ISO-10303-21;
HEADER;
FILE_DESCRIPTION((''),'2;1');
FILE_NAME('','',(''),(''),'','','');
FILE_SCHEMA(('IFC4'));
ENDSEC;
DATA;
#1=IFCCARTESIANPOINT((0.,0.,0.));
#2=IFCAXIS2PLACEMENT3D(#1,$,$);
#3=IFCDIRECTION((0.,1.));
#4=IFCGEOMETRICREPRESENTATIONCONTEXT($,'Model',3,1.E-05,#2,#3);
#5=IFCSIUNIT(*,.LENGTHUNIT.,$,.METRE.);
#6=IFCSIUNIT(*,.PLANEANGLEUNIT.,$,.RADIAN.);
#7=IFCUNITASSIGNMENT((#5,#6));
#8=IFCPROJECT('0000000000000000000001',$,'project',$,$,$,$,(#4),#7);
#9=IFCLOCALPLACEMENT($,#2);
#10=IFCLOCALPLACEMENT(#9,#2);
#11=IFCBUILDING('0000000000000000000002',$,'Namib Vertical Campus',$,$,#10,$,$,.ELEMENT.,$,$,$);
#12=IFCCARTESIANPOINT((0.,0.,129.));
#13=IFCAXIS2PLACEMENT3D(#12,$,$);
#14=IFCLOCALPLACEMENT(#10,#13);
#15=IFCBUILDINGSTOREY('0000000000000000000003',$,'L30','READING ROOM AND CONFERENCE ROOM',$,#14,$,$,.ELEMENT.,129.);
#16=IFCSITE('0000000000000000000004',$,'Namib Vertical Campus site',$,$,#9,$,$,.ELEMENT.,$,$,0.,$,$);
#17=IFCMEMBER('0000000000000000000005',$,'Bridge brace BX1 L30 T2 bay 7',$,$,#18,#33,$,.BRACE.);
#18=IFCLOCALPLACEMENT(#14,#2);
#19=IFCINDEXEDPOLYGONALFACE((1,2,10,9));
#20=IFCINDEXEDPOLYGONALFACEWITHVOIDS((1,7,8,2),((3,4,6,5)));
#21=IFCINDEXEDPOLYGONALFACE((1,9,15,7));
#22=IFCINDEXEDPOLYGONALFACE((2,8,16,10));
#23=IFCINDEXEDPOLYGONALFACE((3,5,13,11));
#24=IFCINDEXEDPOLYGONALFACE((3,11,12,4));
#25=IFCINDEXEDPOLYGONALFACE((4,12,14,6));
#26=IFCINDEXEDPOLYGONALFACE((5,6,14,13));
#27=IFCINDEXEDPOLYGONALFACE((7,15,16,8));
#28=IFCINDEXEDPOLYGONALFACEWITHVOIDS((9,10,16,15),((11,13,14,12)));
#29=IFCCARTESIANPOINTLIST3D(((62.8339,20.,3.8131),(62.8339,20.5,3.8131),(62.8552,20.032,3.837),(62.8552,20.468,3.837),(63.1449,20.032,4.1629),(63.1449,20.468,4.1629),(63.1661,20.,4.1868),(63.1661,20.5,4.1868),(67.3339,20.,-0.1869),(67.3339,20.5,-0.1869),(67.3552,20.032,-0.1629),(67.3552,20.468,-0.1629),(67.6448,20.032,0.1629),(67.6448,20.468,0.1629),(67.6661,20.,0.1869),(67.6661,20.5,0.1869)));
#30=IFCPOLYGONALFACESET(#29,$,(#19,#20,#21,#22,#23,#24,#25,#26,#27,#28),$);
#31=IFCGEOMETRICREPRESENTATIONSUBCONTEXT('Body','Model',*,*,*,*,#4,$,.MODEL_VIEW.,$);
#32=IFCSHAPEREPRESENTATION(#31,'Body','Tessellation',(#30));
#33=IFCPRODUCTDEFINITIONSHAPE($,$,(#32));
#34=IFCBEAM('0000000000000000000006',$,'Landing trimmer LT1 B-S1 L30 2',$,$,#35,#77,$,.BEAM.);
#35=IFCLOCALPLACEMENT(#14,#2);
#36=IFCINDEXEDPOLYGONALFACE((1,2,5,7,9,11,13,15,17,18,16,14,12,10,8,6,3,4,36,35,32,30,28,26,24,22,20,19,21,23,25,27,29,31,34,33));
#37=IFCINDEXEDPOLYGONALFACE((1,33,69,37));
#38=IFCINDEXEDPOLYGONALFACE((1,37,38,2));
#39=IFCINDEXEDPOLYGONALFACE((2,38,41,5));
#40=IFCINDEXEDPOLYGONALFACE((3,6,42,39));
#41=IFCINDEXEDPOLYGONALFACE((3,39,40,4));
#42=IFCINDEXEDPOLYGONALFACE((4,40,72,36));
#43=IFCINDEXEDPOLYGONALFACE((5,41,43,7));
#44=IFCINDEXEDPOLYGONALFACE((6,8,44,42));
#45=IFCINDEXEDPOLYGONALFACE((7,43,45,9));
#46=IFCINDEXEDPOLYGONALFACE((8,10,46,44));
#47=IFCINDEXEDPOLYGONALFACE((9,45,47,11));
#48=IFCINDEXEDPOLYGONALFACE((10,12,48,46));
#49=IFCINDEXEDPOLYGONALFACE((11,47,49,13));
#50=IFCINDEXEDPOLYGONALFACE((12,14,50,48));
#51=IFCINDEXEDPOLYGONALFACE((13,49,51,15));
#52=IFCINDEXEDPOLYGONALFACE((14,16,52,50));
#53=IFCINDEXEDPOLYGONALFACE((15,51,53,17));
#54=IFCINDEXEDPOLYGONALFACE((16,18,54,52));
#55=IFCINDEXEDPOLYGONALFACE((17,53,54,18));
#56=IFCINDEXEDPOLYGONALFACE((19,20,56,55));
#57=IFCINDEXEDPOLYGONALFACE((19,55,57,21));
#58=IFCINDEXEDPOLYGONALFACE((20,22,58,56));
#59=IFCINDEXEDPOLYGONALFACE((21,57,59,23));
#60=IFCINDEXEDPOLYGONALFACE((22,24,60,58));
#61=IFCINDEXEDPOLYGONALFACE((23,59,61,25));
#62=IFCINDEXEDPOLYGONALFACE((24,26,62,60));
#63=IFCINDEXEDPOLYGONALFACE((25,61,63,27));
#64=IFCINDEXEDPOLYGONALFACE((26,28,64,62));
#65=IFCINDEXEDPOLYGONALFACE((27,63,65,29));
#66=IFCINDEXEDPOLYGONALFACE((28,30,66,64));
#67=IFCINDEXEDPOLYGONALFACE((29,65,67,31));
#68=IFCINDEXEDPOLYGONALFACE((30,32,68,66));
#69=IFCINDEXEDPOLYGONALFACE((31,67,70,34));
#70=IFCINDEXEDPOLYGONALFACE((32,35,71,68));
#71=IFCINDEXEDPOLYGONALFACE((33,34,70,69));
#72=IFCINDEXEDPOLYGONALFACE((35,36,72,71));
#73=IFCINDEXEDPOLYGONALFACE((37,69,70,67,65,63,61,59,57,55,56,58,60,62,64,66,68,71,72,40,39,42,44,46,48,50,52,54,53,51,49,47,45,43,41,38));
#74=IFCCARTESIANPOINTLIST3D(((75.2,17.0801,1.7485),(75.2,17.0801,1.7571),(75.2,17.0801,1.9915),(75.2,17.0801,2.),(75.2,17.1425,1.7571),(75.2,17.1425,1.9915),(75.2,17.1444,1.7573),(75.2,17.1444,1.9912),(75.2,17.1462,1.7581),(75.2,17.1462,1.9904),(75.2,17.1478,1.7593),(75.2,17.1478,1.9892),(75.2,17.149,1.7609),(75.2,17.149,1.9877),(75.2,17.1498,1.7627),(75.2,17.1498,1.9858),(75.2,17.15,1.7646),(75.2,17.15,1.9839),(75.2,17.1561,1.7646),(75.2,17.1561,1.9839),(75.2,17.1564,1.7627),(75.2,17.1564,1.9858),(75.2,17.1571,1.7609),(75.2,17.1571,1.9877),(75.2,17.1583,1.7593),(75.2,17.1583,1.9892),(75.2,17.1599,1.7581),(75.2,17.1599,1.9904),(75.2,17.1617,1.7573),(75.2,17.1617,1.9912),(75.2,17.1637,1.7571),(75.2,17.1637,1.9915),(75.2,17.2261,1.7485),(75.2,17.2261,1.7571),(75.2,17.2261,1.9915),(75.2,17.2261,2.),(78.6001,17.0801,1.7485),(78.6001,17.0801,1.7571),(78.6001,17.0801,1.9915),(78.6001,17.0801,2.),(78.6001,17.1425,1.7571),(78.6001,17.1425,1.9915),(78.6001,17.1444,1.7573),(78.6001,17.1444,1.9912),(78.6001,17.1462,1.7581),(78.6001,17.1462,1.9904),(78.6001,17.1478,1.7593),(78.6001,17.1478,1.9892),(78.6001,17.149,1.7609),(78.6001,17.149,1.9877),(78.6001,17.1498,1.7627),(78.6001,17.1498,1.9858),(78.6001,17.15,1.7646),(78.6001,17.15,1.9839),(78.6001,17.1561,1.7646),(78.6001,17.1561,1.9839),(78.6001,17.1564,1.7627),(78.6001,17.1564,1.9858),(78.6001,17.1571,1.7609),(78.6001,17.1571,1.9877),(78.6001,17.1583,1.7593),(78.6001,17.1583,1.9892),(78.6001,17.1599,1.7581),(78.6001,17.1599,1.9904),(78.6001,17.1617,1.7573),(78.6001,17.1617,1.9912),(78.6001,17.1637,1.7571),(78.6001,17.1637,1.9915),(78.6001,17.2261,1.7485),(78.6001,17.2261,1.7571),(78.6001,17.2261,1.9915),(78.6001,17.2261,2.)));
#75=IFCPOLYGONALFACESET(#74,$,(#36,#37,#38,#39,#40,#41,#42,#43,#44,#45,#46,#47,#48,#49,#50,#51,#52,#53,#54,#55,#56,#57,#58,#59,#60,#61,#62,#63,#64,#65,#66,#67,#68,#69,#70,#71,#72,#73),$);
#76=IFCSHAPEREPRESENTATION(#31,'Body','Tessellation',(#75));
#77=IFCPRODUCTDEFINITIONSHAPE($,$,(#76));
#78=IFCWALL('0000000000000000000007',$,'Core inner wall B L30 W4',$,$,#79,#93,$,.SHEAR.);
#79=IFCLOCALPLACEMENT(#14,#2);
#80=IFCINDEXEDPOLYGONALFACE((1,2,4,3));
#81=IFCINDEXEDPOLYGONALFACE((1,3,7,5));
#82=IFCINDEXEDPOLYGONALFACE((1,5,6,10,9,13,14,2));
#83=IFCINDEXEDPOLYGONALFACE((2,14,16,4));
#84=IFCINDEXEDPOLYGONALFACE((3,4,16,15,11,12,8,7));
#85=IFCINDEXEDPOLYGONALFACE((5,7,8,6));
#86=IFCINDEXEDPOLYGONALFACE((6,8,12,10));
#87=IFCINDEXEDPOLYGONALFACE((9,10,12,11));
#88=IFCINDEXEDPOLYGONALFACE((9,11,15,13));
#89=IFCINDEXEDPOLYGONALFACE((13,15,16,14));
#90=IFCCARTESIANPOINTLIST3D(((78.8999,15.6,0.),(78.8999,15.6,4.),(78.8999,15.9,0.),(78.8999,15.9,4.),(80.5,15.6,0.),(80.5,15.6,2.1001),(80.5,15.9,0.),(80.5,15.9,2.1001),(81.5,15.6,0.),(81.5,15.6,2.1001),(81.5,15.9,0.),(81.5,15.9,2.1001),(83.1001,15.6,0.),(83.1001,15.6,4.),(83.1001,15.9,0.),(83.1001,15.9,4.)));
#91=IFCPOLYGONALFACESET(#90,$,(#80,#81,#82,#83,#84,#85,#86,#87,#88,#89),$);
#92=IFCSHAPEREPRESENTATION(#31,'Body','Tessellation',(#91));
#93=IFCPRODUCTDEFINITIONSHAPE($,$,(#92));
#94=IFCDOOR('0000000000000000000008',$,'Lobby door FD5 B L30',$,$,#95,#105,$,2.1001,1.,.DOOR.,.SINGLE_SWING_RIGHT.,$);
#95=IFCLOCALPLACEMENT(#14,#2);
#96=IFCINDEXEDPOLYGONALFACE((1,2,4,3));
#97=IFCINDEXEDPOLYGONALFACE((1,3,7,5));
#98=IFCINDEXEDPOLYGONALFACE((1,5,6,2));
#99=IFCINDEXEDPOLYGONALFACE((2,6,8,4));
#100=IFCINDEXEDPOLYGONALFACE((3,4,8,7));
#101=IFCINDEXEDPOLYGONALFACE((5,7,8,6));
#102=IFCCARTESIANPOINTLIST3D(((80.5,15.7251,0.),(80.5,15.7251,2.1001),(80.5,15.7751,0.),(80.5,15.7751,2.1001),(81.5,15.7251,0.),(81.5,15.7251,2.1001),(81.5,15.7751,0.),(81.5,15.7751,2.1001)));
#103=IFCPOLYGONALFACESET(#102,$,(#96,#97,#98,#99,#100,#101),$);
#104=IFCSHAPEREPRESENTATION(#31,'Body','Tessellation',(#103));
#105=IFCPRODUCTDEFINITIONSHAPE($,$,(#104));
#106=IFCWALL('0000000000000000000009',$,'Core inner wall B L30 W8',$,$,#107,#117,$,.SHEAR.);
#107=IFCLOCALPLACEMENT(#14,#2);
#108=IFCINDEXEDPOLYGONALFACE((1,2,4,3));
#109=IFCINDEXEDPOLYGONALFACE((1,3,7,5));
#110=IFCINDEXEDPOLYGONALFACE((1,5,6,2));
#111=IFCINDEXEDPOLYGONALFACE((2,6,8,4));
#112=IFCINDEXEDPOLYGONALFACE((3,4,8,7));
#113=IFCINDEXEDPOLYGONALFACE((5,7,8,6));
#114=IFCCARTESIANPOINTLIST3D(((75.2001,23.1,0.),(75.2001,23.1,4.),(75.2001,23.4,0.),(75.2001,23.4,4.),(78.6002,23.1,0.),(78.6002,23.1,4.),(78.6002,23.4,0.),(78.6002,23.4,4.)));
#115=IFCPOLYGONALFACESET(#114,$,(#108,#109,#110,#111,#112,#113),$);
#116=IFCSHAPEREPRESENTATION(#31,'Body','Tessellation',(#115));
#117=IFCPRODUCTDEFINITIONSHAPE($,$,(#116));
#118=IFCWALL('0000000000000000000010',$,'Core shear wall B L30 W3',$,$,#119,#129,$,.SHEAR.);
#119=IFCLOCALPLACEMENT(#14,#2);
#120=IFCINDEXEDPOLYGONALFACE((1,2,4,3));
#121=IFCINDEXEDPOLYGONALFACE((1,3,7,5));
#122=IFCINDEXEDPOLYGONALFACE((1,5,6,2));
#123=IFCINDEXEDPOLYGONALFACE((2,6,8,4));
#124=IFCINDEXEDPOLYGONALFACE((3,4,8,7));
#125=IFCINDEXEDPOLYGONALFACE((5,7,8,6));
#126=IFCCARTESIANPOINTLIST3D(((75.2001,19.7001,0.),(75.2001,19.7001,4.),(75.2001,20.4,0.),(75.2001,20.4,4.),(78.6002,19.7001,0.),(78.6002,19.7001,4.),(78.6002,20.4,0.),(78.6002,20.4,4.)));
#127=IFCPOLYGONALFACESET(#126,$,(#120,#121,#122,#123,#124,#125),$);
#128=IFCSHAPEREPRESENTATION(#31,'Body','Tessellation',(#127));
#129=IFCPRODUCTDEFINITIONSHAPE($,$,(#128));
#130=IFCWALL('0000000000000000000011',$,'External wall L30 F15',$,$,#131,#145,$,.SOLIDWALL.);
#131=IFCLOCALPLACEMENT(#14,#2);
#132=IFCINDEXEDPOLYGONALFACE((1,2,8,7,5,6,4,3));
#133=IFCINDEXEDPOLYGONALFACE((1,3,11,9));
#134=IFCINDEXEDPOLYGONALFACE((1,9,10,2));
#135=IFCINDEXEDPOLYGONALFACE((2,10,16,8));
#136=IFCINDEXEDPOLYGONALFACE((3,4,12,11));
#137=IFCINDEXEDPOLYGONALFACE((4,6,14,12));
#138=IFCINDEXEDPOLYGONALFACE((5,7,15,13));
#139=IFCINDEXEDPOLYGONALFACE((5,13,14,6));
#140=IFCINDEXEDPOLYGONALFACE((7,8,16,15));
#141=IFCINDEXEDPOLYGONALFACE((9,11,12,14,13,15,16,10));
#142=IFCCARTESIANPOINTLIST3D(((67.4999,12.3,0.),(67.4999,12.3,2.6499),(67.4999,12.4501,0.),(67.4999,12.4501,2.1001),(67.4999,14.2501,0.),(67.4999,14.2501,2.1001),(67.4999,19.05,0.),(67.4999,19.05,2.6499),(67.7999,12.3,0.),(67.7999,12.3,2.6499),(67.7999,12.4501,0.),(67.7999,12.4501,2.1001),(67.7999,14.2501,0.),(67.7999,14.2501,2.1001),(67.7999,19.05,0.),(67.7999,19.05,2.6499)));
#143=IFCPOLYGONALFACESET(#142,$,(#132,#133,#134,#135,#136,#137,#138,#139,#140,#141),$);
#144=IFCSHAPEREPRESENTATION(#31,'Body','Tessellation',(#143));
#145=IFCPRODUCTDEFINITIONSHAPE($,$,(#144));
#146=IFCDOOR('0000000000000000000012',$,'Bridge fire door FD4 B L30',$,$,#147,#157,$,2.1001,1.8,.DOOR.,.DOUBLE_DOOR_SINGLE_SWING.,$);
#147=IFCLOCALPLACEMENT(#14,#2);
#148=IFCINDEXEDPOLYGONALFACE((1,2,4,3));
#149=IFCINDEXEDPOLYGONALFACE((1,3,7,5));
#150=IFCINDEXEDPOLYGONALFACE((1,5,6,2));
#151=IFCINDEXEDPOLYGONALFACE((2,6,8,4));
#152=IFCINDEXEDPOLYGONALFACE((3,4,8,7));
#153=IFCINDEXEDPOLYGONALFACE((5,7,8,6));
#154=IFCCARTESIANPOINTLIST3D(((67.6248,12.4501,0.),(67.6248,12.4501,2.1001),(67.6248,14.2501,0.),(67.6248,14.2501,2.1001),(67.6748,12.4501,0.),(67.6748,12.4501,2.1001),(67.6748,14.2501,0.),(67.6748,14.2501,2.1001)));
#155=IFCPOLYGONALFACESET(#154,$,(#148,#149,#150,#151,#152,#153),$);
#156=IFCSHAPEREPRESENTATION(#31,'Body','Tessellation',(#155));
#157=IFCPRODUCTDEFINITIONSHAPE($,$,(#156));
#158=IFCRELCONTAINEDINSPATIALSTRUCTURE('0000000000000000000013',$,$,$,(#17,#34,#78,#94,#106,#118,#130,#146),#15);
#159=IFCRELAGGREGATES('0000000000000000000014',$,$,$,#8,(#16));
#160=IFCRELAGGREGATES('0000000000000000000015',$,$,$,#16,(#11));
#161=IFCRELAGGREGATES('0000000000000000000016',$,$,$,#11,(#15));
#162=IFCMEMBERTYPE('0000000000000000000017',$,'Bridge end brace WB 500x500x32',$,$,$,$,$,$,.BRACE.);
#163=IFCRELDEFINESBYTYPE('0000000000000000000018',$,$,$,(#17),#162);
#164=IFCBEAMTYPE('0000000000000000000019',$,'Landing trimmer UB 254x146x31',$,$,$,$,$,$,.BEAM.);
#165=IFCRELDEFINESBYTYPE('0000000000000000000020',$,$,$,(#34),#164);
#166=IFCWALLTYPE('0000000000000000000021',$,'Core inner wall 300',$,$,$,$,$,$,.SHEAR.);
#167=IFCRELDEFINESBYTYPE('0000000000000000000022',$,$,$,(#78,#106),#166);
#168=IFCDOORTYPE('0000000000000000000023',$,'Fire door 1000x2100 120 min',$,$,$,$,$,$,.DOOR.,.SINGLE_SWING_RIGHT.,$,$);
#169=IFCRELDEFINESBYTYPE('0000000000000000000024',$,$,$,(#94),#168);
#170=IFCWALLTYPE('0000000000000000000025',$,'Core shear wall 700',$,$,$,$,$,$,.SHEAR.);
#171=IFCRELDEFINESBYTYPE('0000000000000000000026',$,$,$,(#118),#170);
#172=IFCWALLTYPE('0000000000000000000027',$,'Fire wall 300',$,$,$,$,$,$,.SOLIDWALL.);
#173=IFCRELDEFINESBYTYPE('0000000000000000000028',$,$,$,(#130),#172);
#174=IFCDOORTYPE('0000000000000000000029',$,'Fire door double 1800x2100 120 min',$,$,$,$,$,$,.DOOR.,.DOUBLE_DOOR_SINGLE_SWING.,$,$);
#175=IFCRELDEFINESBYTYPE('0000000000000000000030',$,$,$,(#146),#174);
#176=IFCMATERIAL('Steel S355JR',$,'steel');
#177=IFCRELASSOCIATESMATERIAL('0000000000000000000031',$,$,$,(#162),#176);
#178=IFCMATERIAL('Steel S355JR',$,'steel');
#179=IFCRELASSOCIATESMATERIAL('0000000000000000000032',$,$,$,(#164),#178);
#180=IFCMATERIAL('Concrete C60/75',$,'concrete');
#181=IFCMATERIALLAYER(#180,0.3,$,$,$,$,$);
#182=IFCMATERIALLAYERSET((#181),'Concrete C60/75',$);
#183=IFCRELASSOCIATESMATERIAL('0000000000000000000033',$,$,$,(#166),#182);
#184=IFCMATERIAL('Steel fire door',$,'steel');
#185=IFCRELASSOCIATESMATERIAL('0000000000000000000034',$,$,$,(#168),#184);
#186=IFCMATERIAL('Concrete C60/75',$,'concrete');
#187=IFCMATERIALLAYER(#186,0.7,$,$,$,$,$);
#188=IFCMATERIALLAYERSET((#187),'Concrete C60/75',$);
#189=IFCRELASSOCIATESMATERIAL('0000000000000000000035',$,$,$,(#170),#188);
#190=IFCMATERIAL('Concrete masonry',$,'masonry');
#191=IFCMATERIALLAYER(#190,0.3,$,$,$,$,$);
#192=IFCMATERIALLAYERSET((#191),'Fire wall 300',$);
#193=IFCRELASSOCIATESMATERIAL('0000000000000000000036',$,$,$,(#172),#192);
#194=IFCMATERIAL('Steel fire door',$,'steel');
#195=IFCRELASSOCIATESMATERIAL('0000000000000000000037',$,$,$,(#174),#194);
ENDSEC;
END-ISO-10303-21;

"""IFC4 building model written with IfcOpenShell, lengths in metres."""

from ifc_helpers import new_model, si_unit, direction, frame, frame_2d, origin, origin_2d, place, context, subcontext, project, spatial, rectangle, hollow_rectangle, i_section, extrude, material, layer, layer_set, material_profile, profile_set, type_object, element, fill, save


model = new_model("IFC4")

# Units and contexts
model_context = context("Model", 3, precision=1e-05, world=origin(), true_north=direction((0.0, 1.0)))
body_context = subcontext(model_context, "Body", "Model", "MODEL_VIEW")
ifc_project = project(units=[si_unit("LENGTHUNIT", "METRE"), si_unit("PLANEANGLEUNIT", "RADIAN")], contexts=[model_context])

# Site, building, storey
site_placement = place(None, origin())
site = spatial("IfcSite", under=ifc_project, at=site_placement, Name="Namib Vertical Campus site", CompositionType="ELEMENT", RefElevation=0.0)
building_placement = place(site_placement, origin())
building = spatial("IfcBuilding", under=site, at=building_placement, Name="Namib Vertical Campus", CompositionType="ELEMENT")
storey_placement = place(building_placement, frame((0.0, 0.0, 129.0)))
storey = spatial("IfcBuildingStorey", under=building, at=storey_placement, Name="L30", Description="READING ROOM AND CONFERENCE ROOM", CompositionType="ELEMENT", Elevation=129.0)

# Member
ifc_material_1 = material(Name="Steel S355JR", Category="steel")
ifc_material_profile_1 = material_profile(ifc_material_1, hollow_rectangle(XDim=0.5, YDim=0.5, WallThickness=0.032, at=origin_2d()))
ifc_profile_set_1 = profile_set([ifc_material_profile_1], Name="Steel S355JR")
member_type = type_object("IfcMemberType", Name="Bridge end brace WB 500x500x32", PredefinedType="BRACE", material=ifc_profile_set_1)
member_placement = place(storey_placement, frame((67.5, 20.25, 0.0), z_axis=(-0.747409, 0.0, 0.664364), x_axis=(0.0, -1.0, 0.0)))
element("IfcMember", 1, at=member_placement, inside=storey, type_object=member_type, Name="Bridge brace BX1 L30 T2 bay 7", PredefinedType="BRACE", context=body_context, shape_type="SweptSolid", body=[
    extrude(hollow_rectangle(XDim=0.5, YDim=0.5, WallThickness=0.032, at=origin_2d()), origin(), (0.0, 0.0, 1.0), 6.0208),
])

# Beam
ifc_material_2 = material(Name="Steel S355JR", Category="steel")
ifc_material_profile_2 = material_profile(ifc_material_2, i_section(OverallWidth=0.146, OverallDepth=0.2515, WebThickness=0.0061, FlangeThickness=0.0085, FilletRadius=0.0076, at=origin_2d()))
ifc_profile_set_2 = profile_set([ifc_material_profile_2], Name="Steel S355JR")
beam_type = type_object("IfcBeamType", Name="Landing trimmer UB 254x146x31", PredefinedType="BEAM", material=ifc_profile_set_2)
beam_placement = place(storey_placement, frame((75.2, 17.1531, 1.8743), z_axis=(1.0, 0.0, 0.0), x_axis=(0.0, 1.0, 0.0)))
element("IfcBeam", 2, at=beam_placement, inside=storey, type_object=beam_type, Name="Landing trimmer LT1 B-S1 L30 2", PredefinedType="BEAM", context=body_context, shape_type="SweptSolid", body=[
    extrude(i_section(OverallWidth=0.146, OverallDepth=0.2515, WebThickness=0.0061, FlangeThickness=0.0085, FilletRadius=0.0076, at=origin_2d()), origin(), (0.0, 0.0, 1.0), 3.4001),
])

# Wall, opening, door
ifc_material_3 = material(Name="Concrete C60/75", Category="concrete")
ifc_layer_1 = layer(ifc_material_3, 0.3)
ifc_layer_set_1 = layer_set([ifc_layer_1], Name="Concrete C60/75")
wall_type_1 = type_object("IfcWallType", Name="Core inner wall 300", PredefinedType="SHEAR", material=ifc_layer_set_1)
wall_1_placement = place(storey_placement, frame((78.8999, 15.75, 0.0), z_axis=(0.0, 0.0, 1.0), x_axis=(1.0, 0.0, 0.0)))
wall_1 = element("IfcWall", 3, at=wall_1_placement, inside=storey, type_object=wall_type_1, Name="Core inner wall B L30 W4", PredefinedType="SHEAR", context=body_context, shape_type="SweptSolid", body=[
    extrude(rectangle(XDim=4.2002, YDim=0.3, at=frame_2d((2.1001, 0.0))), origin(), (0.0, 0.0, 1.0), 4.0),
])
opening_1_placement = place(wall_1_placement, frame((1.6001, 0.0, 0.0)))
opening_1 = element("IfcOpeningElement", 4, at=opening_1_placement, cuts=wall_1, PredefinedType="OPENING", context=body_context, shape_type="SweptSolid", body=[
    extrude(rectangle(XDim=1.0, YDim=2.1001, at=frame_2d((0.5, 1.05))), frame((0.0, 0.1599, 0.0), z_axis=(0.0, -1.0, 0.0), x_axis=(1.0, 0.0, 0.0)), (0.0, 0.0, 1.0), 0.3201),
])
ifc_material_4 = material(Name="Steel fire door", Category="steel")
door_type_1 = type_object("IfcDoorType", Name="Fire door 1000x2100 120 min", OperationType="SINGLE_SWING_RIGHT", PredefinedType="DOOR", material=ifc_material_4)
door_1_placement = place(opening_1_placement, frame((1.0, 0.0, 0.0), z_axis=(0.0, 0.0, 1.0), x_axis=(-1.0, 0.0, 0.0)))
door_1 = element("IfcDoor", 5, at=door_1_placement, inside=storey, type_object=door_type_1, Name="Lobby door FD5 B L30", OperationType="SINGLE_SWING_RIGHT", OverallHeight=2.1001, OverallWidth=1.0, PredefinedType="DOOR", context=body_context, shape_type="SweptSolid", body=[
    extrude(rectangle(XDim=1.0, YDim=2.1001, at=frame_2d((0.5, 1.05))), frame((0.0, 0.0249, 0.0), z_axis=(0.0, -1.0, 0.0), x_axis=(1.0, 0.0, 0.0)), (0.0, 0.0, 1.0), 0.05),
])
fill(opening_1, door_1)

# Walls
wall_2_placement = place(storey_placement, frame((75.2, 23.25, 0.0), z_axis=(0.0, 0.0, 1.0), x_axis=(1.0, 0.0, 0.0)))
element("IfcWall", 6, at=wall_2_placement, inside=storey, type_object=wall_type_1, Name="Core inner wall B L30 W8", PredefinedType="SHEAR", context=body_context, shape_type="SweptSolid", body=[
    extrude(rectangle(XDim=3.4001, YDim=0.3, at=frame_2d((1.7002, 0.0))), origin(), (0.0, 0.0, 1.0), 4.0),
])
ifc_material_5 = material(Name="Concrete C60/75", Category="concrete")
ifc_layer_2 = layer(ifc_material_5, 0.7)
ifc_layer_set_2 = layer_set([ifc_layer_2], Name="Concrete C60/75")
wall_type_2 = type_object("IfcWallType", Name="Core shear wall 700", PredefinedType="SHEAR", material=ifc_layer_set_2)
wall_3_placement = place(storey_placement, frame((75.2, 20.05, 0.0), z_axis=(0.0, 0.0, 1.0), x_axis=(1.0, 0.0, 0.0)))
element("IfcWall", 7, at=wall_3_placement, inside=storey, type_object=wall_type_2, Name="Core shear wall B L30 W3", PredefinedType="SHEAR", context=body_context, shape_type="SweptSolid", body=[
    extrude(rectangle(XDim=3.4001, YDim=0.7, at=frame_2d((1.7002, 0.0))), origin(), (0.0, 0.0, 1.0), 4.0),
])

# Wall, opening, door
ifc_material_6 = material(Name="Concrete masonry", Category="masonry")
ifc_layer_3 = layer(ifc_material_6, 0.3)
ifc_layer_set_3 = layer_set([ifc_layer_3], Name="Fire wall 300")
wall_type_3 = type_object("IfcWallType", Name="Fire wall 300", PredefinedType="SOLIDWALL", material=ifc_layer_set_3)
wall_4_placement = place(storey_placement, frame((67.6499, 19.05, 0.0), z_axis=(0.0, 0.0, 1.0), x_axis=(0.0, -1.0, 0.0)))
wall_4 = element("IfcWall", 8, at=wall_4_placement, inside=storey, type_object=wall_type_3, Name="External wall L30 F15", PredefinedType="SOLIDWALL", context=body_context, shape_type="SweptSolid", body=[
    extrude(rectangle(XDim=6.75, YDim=0.3, at=frame_2d((3.375, 0.0))), origin(), (0.0, 0.0, 1.0), 2.6499),
])
opening_2_placement = place(wall_4_placement, frame((4.8, 0.0, 0.0)))
opening_2 = element("IfcOpeningElement", 9, at=opening_2_placement, cuts=wall_4, PredefinedType="OPENING", context=body_context, shape_type="SweptSolid", body=[
    extrude(rectangle(XDim=1.8, YDim=2.1001, at=frame_2d((0.8999, 1.05))), frame((0.0, 0.1599, 0.0), z_axis=(0.0, -1.0, 0.0), x_axis=(1.0, 0.0, 0.0)), (0.0, 0.0, 1.0), 0.3201),
])
ifc_material_7 = material(Name="Steel fire door", Category="steel")
door_type_2 = type_object("IfcDoorType", Name="Fire door double 1800x2100 120 min", OperationType="DOUBLE_DOOR_SINGLE_SWING", PredefinedType="DOOR", material=ifc_material_7)
door_2_placement = place(opening_2_placement, origin())
door_2 = element("IfcDoor", 10, at=door_2_placement, inside=storey, type_object=door_type_2, Name="Bridge fire door FD4 B L30", OperationType="DOUBLE_DOOR_SINGLE_SWING", OverallHeight=2.1001, OverallWidth=1.8, PredefinedType="DOOR", context=body_context, shape_type="SweptSolid", body=[
    extrude(rectangle(XDim=1.8, YDim=2.1001, at=frame_2d((0.8999, 1.05))), frame((0.0, 0.0249, 0.0), z_axis=(0.0, -1.0, 0.0), x_axis=(1.0, 0.0, 0.0)), (0.0, 0.0, 1.0), 0.05),
])
fill(opening_2, door_2)

save(model, "model.ifc")
